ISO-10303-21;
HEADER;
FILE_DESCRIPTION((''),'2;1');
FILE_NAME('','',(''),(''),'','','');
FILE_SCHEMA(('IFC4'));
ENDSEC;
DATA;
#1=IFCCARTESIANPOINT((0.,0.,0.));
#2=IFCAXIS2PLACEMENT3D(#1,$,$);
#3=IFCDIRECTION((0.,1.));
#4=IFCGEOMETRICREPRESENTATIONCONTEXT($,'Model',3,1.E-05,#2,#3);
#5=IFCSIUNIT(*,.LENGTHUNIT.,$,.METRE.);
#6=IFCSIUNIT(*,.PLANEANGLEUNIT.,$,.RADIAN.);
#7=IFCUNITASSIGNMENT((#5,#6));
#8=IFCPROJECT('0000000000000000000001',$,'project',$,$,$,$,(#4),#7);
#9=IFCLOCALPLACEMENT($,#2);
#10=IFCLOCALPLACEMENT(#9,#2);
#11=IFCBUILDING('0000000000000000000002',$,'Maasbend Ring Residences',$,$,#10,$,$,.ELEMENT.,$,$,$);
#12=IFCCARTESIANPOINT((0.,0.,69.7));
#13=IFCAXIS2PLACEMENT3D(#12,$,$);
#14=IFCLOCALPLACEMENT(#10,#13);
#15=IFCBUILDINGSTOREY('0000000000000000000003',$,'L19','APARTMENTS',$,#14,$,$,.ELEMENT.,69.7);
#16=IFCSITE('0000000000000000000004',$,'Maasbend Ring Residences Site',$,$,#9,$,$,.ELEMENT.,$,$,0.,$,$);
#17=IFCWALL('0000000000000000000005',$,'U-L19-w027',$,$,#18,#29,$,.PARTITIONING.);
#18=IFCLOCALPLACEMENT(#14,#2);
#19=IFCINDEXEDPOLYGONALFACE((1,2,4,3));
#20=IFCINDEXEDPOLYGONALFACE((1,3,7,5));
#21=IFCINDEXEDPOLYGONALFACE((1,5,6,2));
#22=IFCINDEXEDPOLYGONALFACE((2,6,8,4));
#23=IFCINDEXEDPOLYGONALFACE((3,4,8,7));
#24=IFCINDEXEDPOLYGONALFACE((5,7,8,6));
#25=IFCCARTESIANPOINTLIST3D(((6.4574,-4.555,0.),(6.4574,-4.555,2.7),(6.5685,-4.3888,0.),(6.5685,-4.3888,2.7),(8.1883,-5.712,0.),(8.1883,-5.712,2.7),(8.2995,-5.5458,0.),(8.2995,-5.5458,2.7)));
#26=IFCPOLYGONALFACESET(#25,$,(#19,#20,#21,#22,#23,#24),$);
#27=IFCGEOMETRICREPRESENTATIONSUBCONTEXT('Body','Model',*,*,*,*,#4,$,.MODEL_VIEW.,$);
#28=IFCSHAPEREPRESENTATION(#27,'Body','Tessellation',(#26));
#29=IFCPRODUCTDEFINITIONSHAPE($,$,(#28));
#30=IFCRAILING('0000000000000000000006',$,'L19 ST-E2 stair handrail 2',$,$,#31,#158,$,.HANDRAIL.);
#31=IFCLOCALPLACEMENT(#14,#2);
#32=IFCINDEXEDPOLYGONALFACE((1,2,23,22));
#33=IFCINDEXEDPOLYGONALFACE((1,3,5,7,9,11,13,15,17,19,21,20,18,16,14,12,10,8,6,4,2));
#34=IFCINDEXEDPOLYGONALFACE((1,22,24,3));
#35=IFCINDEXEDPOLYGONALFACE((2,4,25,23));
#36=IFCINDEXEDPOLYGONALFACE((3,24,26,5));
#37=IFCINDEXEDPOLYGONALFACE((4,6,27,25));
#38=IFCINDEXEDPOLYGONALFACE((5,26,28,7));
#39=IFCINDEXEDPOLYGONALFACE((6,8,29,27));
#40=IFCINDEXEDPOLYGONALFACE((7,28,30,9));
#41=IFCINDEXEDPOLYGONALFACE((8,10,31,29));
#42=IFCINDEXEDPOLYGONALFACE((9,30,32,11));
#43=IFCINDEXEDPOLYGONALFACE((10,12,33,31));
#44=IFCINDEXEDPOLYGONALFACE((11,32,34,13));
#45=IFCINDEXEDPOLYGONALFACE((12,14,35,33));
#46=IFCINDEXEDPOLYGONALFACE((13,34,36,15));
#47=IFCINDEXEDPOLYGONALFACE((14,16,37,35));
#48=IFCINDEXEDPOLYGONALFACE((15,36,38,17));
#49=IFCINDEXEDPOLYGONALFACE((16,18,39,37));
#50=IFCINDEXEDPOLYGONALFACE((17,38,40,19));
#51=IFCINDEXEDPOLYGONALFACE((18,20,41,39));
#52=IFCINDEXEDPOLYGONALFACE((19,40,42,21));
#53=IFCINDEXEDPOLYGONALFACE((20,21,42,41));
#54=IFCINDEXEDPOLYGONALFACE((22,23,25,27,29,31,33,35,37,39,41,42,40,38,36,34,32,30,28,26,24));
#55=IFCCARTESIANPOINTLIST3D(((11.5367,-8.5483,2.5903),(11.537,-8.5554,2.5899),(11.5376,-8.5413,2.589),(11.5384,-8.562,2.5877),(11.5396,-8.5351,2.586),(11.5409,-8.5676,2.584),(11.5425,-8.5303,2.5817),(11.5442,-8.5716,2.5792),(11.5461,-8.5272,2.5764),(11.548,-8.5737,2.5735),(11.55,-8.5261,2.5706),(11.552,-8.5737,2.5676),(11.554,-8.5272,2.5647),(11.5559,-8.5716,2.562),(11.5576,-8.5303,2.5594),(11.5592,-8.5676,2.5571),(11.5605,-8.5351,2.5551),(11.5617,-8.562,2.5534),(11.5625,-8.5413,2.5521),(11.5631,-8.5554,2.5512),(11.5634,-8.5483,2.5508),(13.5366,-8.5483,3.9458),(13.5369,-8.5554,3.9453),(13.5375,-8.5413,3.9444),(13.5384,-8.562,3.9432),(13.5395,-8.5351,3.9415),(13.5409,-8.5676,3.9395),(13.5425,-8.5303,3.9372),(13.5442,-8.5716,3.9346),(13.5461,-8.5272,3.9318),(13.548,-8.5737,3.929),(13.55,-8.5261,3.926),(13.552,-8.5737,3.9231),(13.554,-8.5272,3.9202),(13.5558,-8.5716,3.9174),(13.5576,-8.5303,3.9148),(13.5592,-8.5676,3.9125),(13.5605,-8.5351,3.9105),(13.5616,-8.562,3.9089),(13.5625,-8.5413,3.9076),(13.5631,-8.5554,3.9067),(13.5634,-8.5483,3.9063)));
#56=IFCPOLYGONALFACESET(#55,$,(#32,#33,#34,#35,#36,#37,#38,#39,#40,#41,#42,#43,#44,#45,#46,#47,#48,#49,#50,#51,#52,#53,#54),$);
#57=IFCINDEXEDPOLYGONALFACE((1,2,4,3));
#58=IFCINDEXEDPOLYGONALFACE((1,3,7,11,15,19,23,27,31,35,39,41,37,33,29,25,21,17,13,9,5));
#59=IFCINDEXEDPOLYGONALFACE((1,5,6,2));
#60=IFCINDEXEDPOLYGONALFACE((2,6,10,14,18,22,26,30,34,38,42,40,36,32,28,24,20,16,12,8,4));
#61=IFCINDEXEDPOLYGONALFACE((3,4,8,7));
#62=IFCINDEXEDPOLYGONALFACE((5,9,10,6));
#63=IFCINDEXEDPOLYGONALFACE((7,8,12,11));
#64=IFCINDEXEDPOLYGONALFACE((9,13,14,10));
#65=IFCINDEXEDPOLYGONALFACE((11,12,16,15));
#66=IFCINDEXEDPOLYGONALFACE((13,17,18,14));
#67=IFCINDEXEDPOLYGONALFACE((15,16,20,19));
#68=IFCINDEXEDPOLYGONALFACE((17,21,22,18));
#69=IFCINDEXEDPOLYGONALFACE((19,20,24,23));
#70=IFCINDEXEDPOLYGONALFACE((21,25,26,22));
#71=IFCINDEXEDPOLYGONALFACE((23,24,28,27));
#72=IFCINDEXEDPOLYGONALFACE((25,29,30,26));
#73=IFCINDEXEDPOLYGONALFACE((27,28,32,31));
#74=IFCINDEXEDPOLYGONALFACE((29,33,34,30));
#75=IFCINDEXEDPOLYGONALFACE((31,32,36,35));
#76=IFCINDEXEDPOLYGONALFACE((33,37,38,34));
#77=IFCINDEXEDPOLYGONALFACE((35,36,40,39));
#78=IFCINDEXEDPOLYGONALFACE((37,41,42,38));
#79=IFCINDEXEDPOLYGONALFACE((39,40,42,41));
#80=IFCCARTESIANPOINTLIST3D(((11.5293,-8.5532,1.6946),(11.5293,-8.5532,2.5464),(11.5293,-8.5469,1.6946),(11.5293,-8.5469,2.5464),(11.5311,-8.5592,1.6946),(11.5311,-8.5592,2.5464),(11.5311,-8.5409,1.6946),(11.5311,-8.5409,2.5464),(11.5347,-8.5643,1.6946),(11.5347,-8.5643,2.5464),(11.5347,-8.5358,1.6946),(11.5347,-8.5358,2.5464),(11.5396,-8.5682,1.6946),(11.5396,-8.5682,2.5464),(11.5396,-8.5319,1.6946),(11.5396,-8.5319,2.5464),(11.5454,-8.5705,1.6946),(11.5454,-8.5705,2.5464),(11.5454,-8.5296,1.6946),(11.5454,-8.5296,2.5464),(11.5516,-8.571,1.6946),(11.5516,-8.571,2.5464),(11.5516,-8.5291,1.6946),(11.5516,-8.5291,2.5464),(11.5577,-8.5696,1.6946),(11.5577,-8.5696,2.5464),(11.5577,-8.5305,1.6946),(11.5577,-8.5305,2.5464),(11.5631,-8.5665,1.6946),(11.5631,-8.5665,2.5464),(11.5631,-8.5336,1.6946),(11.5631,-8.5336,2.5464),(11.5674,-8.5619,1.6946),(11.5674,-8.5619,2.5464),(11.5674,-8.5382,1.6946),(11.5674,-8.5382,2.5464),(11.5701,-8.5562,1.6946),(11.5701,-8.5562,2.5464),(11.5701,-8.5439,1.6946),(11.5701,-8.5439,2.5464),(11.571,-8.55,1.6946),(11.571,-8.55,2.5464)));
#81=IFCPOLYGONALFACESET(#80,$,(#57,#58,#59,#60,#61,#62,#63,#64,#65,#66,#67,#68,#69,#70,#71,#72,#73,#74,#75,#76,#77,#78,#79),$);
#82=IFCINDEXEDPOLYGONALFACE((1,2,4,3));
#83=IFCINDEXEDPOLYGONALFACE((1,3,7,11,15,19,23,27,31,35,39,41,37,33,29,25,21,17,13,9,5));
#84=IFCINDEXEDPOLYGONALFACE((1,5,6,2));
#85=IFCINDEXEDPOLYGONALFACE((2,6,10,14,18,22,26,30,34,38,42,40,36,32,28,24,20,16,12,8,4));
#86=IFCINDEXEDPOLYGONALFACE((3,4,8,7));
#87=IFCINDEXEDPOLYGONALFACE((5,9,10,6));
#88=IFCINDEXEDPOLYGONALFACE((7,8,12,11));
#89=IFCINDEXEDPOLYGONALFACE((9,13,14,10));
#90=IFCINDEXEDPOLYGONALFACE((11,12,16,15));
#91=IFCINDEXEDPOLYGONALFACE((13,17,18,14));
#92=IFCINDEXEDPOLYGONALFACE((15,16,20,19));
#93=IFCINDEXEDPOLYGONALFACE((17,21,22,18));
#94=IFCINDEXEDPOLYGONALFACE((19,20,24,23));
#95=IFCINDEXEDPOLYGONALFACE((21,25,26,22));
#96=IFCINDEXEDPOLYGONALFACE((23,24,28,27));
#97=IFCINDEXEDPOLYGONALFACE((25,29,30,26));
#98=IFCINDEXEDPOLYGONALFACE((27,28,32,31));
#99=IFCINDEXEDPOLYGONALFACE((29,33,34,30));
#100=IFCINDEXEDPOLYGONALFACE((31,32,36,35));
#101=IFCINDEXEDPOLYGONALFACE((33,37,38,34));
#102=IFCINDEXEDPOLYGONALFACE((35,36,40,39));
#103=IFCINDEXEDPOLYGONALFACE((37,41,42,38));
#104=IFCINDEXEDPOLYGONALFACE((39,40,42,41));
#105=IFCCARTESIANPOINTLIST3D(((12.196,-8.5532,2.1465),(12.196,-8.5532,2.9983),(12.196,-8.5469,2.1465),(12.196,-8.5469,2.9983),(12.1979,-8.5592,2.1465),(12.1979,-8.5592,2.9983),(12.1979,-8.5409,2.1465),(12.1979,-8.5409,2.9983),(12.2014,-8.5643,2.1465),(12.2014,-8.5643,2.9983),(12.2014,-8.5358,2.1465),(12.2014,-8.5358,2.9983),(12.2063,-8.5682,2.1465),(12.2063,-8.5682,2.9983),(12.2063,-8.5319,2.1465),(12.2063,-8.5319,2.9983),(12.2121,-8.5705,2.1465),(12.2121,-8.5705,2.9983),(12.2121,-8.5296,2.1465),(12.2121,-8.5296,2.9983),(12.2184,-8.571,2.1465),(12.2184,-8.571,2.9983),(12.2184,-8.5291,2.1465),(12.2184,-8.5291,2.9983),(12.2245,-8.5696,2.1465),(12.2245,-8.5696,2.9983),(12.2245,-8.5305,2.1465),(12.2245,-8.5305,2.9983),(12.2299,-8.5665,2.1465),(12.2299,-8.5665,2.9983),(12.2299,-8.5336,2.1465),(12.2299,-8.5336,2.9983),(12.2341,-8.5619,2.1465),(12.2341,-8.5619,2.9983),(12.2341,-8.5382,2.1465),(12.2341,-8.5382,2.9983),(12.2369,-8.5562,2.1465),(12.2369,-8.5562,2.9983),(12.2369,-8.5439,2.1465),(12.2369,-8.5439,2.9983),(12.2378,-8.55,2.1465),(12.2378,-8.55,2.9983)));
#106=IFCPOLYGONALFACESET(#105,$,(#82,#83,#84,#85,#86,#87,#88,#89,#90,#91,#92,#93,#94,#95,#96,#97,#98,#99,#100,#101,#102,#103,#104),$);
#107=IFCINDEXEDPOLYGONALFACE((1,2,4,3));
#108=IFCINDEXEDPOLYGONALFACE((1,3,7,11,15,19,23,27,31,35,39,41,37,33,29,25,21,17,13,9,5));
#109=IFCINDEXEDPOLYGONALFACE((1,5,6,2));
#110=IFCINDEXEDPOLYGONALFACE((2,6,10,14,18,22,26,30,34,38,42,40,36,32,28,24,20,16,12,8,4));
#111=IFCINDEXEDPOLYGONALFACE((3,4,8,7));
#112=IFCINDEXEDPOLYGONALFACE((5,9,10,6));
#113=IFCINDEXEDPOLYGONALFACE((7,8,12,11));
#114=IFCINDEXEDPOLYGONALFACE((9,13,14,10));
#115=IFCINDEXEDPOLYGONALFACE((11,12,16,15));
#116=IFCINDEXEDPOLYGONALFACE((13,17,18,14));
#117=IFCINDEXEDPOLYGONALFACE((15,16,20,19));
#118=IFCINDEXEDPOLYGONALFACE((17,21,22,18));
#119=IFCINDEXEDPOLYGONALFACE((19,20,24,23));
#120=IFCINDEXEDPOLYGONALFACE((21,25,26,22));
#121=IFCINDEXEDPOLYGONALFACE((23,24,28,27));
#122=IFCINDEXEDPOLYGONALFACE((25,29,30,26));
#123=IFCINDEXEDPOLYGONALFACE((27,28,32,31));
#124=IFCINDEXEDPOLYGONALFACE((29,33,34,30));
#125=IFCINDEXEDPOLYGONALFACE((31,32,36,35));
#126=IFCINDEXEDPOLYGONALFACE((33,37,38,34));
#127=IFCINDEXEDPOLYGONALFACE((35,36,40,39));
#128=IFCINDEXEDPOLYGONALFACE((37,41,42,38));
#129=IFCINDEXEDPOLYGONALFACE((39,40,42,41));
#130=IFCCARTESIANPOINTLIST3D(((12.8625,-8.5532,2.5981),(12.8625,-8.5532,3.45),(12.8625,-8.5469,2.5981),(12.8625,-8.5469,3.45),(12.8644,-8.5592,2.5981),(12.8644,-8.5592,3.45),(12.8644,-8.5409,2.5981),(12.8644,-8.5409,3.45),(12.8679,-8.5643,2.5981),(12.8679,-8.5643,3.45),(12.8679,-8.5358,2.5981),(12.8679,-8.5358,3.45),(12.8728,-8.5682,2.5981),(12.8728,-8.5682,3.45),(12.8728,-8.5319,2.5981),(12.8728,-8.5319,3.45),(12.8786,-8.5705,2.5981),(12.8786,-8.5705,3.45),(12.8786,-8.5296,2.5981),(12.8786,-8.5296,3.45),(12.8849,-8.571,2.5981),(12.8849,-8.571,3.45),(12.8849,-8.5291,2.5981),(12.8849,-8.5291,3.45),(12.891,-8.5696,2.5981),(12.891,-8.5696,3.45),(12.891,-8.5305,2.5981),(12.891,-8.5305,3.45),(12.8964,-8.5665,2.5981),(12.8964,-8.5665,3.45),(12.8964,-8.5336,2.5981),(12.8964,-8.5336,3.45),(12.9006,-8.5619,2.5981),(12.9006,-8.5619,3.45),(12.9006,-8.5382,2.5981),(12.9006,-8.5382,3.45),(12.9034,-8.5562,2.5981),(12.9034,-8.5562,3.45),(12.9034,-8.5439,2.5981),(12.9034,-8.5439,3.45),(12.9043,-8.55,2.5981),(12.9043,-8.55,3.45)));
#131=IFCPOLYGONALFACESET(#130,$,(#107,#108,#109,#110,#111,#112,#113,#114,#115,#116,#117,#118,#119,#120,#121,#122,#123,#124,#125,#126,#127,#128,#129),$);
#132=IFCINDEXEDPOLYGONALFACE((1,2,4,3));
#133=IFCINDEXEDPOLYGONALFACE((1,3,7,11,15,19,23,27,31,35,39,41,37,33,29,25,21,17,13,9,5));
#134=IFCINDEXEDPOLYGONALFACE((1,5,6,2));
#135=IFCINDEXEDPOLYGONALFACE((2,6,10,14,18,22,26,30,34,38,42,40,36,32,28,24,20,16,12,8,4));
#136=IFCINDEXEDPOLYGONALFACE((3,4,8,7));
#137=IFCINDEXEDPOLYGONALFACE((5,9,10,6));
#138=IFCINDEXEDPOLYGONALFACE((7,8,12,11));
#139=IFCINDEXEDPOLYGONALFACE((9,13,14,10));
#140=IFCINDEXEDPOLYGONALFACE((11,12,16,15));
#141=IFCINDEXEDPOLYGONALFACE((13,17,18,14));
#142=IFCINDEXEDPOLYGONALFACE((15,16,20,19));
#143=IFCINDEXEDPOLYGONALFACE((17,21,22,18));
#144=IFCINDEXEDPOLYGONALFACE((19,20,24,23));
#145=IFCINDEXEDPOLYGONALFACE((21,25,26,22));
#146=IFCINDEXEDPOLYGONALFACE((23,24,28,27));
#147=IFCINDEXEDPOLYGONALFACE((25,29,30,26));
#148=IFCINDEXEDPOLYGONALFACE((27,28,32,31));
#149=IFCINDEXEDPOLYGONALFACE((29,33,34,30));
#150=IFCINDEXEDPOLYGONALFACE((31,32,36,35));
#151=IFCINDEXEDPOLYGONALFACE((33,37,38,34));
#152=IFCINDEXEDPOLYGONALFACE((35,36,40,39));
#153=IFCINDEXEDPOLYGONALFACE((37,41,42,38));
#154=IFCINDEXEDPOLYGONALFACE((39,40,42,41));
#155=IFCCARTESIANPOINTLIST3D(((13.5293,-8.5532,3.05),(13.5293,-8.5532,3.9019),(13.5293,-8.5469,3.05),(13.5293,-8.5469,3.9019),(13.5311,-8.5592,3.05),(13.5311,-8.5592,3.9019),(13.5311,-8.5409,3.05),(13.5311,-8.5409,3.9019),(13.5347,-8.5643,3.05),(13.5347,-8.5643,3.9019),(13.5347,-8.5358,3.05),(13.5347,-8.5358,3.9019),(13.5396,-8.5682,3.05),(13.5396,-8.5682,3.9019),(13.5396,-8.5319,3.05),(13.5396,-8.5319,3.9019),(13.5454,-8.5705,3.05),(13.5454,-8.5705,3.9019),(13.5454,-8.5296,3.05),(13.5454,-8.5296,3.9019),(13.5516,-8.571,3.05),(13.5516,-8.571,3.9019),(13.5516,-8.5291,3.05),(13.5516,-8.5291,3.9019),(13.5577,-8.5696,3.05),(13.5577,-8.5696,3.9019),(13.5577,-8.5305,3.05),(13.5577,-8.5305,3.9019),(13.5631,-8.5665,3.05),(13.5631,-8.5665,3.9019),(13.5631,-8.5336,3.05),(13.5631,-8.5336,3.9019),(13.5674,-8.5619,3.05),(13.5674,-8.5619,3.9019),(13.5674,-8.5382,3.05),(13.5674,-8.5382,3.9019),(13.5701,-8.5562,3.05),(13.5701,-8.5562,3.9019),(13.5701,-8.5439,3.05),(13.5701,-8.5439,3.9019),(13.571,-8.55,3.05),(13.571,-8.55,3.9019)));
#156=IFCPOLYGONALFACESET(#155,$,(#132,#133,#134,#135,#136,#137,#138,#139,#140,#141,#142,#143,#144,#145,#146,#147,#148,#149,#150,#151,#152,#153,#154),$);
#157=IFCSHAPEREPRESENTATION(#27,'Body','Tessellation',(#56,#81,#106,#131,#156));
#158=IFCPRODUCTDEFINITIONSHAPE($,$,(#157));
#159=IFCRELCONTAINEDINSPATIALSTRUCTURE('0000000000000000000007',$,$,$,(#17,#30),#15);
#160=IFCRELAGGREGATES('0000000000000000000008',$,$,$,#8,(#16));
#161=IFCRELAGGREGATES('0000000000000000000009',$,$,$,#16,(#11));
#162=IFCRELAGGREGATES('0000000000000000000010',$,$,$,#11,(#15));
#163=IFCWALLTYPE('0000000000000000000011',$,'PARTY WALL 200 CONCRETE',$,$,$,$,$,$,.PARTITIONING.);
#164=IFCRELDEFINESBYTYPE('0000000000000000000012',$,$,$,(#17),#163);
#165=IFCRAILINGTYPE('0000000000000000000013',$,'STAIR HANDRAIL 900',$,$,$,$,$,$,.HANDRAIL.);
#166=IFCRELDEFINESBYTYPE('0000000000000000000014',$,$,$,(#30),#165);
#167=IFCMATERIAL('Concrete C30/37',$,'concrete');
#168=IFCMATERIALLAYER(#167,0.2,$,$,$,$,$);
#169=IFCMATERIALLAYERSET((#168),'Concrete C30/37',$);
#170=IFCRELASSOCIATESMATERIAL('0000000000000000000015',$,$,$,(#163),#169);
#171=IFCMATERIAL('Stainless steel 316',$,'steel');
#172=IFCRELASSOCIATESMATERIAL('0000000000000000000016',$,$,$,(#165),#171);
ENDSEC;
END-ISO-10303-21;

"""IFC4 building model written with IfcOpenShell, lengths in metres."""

from ifc_helpers import new_model, si_unit, direction, frame, frame_2d, origin, origin_2d, place, context, subcontext, project, spatial, rectangle, circle, extrude, material, layer, layer_set, type_object, element, save


model = new_model("IFC4")

# Units and contexts
model_context = context("Model", 3, precision=1e-05, world=origin(), true_north=direction((0.0, 1.0)))
body_context = subcontext(model_context, "Body", "Model", "MODEL_VIEW")
ifc_project = project(units=[si_unit("LENGTHUNIT", "METRE"), si_unit("PLANEANGLEUNIT", "RADIAN")], contexts=[model_context])

# Site, building, storey
site_placement = place(None, origin())
site = spatial("IfcSite", under=ifc_project, at=site_placement, Name="Maasbend Ring Residences Site", CompositionType="ELEMENT", RefElevation=0.0)
building_placement = place(site_placement, origin())
building = spatial("IfcBuilding", under=site, at=building_placement, Name="Maasbend Ring Residences", CompositionType="ELEMENT")
storey_placement = place(building_placement, frame((0.0, 0.0, 69.7)))
storey = spatial("IfcBuildingStorey", under=building, at=storey_placement, Name="L19", Description="APARTMENTS", CompositionType="ELEMENT", Elevation=69.7)

# Wall
ifc_material_1 = material(Name="Concrete C30/37", Category="concrete")
ifc_layer_1 = layer(ifc_material_1, 0.2)
ifc_layer_set_1 = layer_set([ifc_layer_1], Name="Concrete C30/37")
wall_type_1 = type_object("IfcWallType", Name="PARTY WALL 200 CONCRETE", PredefinedType="PARTITIONING", material=ifc_layer_set_1)
wall_1_placement = place(storey_placement, frame((6.5129, -4.4719, 0.0), z_axis=(0.0, 0.0, 1.0), x_axis=(0.831382, -0.555701, 0.0)))
element("IfcWall", 1, at=wall_1_placement, inside=storey, type_object=wall_type_1, Name="U-L19-w027", PredefinedType="PARTITIONING", context=body_context, shape_type="SweptSolid", body=[
    extrude(rectangle(XDim=2.082, YDim=0.2, at=frame_2d((1.041, 0.0))), origin(), (0.0, 0.0, 1.0), 2.7),
])

# Railing
ifc_material_2 = material(Name="Stainless steel 316", Category="steel")
railing_type = type_object("IfcRailingType", Name="STAIR HANDRAIL 900", PredefinedType="HANDRAIL", material=ifc_material_2)
railing_placement = place(storey_placement, frame((11.55, -8.55, 1.6946)))
element("IfcRailing", 2, at=railing_placement, inside=storey, type_object=railing_type, Name="L19 ST-E2 stair handrail 2", PredefinedType="HANDRAIL", context=body_context, shape_type="SweptSolid", body=[
    extrude(circle(Radius=0.0239, at=origin_2d()), frame((0.0, 0.0, 0.876), z_axis=(0.827798, 0.0, 0.561027), x_axis=(0.0, 1.0, 0.0)), (0.0, 0.0, 1.0), 2.416),
    extrude(circle(Radius=0.021, at=origin_2d()), origin(), (0.0, 0.0, 1.0), 0.8518),
    extrude(circle(Radius=0.021, at=origin_2d()), frame((0.6667, 0.0, 0.4519)), (0.0, 0.0, 1.0), 0.8518),
    extrude(circle(Radius=0.021, at=origin_2d()), frame((1.3333, 0.0, 0.9036)), (0.0, 0.0, 1.0), 0.8518),
    extrude(circle(Radius=0.021, at=origin_2d()), frame((2.0, 0.0, 1.3555)), (0.0, 0.0, 1.0), 0.8518),
])

save(model, "model.ifc")
